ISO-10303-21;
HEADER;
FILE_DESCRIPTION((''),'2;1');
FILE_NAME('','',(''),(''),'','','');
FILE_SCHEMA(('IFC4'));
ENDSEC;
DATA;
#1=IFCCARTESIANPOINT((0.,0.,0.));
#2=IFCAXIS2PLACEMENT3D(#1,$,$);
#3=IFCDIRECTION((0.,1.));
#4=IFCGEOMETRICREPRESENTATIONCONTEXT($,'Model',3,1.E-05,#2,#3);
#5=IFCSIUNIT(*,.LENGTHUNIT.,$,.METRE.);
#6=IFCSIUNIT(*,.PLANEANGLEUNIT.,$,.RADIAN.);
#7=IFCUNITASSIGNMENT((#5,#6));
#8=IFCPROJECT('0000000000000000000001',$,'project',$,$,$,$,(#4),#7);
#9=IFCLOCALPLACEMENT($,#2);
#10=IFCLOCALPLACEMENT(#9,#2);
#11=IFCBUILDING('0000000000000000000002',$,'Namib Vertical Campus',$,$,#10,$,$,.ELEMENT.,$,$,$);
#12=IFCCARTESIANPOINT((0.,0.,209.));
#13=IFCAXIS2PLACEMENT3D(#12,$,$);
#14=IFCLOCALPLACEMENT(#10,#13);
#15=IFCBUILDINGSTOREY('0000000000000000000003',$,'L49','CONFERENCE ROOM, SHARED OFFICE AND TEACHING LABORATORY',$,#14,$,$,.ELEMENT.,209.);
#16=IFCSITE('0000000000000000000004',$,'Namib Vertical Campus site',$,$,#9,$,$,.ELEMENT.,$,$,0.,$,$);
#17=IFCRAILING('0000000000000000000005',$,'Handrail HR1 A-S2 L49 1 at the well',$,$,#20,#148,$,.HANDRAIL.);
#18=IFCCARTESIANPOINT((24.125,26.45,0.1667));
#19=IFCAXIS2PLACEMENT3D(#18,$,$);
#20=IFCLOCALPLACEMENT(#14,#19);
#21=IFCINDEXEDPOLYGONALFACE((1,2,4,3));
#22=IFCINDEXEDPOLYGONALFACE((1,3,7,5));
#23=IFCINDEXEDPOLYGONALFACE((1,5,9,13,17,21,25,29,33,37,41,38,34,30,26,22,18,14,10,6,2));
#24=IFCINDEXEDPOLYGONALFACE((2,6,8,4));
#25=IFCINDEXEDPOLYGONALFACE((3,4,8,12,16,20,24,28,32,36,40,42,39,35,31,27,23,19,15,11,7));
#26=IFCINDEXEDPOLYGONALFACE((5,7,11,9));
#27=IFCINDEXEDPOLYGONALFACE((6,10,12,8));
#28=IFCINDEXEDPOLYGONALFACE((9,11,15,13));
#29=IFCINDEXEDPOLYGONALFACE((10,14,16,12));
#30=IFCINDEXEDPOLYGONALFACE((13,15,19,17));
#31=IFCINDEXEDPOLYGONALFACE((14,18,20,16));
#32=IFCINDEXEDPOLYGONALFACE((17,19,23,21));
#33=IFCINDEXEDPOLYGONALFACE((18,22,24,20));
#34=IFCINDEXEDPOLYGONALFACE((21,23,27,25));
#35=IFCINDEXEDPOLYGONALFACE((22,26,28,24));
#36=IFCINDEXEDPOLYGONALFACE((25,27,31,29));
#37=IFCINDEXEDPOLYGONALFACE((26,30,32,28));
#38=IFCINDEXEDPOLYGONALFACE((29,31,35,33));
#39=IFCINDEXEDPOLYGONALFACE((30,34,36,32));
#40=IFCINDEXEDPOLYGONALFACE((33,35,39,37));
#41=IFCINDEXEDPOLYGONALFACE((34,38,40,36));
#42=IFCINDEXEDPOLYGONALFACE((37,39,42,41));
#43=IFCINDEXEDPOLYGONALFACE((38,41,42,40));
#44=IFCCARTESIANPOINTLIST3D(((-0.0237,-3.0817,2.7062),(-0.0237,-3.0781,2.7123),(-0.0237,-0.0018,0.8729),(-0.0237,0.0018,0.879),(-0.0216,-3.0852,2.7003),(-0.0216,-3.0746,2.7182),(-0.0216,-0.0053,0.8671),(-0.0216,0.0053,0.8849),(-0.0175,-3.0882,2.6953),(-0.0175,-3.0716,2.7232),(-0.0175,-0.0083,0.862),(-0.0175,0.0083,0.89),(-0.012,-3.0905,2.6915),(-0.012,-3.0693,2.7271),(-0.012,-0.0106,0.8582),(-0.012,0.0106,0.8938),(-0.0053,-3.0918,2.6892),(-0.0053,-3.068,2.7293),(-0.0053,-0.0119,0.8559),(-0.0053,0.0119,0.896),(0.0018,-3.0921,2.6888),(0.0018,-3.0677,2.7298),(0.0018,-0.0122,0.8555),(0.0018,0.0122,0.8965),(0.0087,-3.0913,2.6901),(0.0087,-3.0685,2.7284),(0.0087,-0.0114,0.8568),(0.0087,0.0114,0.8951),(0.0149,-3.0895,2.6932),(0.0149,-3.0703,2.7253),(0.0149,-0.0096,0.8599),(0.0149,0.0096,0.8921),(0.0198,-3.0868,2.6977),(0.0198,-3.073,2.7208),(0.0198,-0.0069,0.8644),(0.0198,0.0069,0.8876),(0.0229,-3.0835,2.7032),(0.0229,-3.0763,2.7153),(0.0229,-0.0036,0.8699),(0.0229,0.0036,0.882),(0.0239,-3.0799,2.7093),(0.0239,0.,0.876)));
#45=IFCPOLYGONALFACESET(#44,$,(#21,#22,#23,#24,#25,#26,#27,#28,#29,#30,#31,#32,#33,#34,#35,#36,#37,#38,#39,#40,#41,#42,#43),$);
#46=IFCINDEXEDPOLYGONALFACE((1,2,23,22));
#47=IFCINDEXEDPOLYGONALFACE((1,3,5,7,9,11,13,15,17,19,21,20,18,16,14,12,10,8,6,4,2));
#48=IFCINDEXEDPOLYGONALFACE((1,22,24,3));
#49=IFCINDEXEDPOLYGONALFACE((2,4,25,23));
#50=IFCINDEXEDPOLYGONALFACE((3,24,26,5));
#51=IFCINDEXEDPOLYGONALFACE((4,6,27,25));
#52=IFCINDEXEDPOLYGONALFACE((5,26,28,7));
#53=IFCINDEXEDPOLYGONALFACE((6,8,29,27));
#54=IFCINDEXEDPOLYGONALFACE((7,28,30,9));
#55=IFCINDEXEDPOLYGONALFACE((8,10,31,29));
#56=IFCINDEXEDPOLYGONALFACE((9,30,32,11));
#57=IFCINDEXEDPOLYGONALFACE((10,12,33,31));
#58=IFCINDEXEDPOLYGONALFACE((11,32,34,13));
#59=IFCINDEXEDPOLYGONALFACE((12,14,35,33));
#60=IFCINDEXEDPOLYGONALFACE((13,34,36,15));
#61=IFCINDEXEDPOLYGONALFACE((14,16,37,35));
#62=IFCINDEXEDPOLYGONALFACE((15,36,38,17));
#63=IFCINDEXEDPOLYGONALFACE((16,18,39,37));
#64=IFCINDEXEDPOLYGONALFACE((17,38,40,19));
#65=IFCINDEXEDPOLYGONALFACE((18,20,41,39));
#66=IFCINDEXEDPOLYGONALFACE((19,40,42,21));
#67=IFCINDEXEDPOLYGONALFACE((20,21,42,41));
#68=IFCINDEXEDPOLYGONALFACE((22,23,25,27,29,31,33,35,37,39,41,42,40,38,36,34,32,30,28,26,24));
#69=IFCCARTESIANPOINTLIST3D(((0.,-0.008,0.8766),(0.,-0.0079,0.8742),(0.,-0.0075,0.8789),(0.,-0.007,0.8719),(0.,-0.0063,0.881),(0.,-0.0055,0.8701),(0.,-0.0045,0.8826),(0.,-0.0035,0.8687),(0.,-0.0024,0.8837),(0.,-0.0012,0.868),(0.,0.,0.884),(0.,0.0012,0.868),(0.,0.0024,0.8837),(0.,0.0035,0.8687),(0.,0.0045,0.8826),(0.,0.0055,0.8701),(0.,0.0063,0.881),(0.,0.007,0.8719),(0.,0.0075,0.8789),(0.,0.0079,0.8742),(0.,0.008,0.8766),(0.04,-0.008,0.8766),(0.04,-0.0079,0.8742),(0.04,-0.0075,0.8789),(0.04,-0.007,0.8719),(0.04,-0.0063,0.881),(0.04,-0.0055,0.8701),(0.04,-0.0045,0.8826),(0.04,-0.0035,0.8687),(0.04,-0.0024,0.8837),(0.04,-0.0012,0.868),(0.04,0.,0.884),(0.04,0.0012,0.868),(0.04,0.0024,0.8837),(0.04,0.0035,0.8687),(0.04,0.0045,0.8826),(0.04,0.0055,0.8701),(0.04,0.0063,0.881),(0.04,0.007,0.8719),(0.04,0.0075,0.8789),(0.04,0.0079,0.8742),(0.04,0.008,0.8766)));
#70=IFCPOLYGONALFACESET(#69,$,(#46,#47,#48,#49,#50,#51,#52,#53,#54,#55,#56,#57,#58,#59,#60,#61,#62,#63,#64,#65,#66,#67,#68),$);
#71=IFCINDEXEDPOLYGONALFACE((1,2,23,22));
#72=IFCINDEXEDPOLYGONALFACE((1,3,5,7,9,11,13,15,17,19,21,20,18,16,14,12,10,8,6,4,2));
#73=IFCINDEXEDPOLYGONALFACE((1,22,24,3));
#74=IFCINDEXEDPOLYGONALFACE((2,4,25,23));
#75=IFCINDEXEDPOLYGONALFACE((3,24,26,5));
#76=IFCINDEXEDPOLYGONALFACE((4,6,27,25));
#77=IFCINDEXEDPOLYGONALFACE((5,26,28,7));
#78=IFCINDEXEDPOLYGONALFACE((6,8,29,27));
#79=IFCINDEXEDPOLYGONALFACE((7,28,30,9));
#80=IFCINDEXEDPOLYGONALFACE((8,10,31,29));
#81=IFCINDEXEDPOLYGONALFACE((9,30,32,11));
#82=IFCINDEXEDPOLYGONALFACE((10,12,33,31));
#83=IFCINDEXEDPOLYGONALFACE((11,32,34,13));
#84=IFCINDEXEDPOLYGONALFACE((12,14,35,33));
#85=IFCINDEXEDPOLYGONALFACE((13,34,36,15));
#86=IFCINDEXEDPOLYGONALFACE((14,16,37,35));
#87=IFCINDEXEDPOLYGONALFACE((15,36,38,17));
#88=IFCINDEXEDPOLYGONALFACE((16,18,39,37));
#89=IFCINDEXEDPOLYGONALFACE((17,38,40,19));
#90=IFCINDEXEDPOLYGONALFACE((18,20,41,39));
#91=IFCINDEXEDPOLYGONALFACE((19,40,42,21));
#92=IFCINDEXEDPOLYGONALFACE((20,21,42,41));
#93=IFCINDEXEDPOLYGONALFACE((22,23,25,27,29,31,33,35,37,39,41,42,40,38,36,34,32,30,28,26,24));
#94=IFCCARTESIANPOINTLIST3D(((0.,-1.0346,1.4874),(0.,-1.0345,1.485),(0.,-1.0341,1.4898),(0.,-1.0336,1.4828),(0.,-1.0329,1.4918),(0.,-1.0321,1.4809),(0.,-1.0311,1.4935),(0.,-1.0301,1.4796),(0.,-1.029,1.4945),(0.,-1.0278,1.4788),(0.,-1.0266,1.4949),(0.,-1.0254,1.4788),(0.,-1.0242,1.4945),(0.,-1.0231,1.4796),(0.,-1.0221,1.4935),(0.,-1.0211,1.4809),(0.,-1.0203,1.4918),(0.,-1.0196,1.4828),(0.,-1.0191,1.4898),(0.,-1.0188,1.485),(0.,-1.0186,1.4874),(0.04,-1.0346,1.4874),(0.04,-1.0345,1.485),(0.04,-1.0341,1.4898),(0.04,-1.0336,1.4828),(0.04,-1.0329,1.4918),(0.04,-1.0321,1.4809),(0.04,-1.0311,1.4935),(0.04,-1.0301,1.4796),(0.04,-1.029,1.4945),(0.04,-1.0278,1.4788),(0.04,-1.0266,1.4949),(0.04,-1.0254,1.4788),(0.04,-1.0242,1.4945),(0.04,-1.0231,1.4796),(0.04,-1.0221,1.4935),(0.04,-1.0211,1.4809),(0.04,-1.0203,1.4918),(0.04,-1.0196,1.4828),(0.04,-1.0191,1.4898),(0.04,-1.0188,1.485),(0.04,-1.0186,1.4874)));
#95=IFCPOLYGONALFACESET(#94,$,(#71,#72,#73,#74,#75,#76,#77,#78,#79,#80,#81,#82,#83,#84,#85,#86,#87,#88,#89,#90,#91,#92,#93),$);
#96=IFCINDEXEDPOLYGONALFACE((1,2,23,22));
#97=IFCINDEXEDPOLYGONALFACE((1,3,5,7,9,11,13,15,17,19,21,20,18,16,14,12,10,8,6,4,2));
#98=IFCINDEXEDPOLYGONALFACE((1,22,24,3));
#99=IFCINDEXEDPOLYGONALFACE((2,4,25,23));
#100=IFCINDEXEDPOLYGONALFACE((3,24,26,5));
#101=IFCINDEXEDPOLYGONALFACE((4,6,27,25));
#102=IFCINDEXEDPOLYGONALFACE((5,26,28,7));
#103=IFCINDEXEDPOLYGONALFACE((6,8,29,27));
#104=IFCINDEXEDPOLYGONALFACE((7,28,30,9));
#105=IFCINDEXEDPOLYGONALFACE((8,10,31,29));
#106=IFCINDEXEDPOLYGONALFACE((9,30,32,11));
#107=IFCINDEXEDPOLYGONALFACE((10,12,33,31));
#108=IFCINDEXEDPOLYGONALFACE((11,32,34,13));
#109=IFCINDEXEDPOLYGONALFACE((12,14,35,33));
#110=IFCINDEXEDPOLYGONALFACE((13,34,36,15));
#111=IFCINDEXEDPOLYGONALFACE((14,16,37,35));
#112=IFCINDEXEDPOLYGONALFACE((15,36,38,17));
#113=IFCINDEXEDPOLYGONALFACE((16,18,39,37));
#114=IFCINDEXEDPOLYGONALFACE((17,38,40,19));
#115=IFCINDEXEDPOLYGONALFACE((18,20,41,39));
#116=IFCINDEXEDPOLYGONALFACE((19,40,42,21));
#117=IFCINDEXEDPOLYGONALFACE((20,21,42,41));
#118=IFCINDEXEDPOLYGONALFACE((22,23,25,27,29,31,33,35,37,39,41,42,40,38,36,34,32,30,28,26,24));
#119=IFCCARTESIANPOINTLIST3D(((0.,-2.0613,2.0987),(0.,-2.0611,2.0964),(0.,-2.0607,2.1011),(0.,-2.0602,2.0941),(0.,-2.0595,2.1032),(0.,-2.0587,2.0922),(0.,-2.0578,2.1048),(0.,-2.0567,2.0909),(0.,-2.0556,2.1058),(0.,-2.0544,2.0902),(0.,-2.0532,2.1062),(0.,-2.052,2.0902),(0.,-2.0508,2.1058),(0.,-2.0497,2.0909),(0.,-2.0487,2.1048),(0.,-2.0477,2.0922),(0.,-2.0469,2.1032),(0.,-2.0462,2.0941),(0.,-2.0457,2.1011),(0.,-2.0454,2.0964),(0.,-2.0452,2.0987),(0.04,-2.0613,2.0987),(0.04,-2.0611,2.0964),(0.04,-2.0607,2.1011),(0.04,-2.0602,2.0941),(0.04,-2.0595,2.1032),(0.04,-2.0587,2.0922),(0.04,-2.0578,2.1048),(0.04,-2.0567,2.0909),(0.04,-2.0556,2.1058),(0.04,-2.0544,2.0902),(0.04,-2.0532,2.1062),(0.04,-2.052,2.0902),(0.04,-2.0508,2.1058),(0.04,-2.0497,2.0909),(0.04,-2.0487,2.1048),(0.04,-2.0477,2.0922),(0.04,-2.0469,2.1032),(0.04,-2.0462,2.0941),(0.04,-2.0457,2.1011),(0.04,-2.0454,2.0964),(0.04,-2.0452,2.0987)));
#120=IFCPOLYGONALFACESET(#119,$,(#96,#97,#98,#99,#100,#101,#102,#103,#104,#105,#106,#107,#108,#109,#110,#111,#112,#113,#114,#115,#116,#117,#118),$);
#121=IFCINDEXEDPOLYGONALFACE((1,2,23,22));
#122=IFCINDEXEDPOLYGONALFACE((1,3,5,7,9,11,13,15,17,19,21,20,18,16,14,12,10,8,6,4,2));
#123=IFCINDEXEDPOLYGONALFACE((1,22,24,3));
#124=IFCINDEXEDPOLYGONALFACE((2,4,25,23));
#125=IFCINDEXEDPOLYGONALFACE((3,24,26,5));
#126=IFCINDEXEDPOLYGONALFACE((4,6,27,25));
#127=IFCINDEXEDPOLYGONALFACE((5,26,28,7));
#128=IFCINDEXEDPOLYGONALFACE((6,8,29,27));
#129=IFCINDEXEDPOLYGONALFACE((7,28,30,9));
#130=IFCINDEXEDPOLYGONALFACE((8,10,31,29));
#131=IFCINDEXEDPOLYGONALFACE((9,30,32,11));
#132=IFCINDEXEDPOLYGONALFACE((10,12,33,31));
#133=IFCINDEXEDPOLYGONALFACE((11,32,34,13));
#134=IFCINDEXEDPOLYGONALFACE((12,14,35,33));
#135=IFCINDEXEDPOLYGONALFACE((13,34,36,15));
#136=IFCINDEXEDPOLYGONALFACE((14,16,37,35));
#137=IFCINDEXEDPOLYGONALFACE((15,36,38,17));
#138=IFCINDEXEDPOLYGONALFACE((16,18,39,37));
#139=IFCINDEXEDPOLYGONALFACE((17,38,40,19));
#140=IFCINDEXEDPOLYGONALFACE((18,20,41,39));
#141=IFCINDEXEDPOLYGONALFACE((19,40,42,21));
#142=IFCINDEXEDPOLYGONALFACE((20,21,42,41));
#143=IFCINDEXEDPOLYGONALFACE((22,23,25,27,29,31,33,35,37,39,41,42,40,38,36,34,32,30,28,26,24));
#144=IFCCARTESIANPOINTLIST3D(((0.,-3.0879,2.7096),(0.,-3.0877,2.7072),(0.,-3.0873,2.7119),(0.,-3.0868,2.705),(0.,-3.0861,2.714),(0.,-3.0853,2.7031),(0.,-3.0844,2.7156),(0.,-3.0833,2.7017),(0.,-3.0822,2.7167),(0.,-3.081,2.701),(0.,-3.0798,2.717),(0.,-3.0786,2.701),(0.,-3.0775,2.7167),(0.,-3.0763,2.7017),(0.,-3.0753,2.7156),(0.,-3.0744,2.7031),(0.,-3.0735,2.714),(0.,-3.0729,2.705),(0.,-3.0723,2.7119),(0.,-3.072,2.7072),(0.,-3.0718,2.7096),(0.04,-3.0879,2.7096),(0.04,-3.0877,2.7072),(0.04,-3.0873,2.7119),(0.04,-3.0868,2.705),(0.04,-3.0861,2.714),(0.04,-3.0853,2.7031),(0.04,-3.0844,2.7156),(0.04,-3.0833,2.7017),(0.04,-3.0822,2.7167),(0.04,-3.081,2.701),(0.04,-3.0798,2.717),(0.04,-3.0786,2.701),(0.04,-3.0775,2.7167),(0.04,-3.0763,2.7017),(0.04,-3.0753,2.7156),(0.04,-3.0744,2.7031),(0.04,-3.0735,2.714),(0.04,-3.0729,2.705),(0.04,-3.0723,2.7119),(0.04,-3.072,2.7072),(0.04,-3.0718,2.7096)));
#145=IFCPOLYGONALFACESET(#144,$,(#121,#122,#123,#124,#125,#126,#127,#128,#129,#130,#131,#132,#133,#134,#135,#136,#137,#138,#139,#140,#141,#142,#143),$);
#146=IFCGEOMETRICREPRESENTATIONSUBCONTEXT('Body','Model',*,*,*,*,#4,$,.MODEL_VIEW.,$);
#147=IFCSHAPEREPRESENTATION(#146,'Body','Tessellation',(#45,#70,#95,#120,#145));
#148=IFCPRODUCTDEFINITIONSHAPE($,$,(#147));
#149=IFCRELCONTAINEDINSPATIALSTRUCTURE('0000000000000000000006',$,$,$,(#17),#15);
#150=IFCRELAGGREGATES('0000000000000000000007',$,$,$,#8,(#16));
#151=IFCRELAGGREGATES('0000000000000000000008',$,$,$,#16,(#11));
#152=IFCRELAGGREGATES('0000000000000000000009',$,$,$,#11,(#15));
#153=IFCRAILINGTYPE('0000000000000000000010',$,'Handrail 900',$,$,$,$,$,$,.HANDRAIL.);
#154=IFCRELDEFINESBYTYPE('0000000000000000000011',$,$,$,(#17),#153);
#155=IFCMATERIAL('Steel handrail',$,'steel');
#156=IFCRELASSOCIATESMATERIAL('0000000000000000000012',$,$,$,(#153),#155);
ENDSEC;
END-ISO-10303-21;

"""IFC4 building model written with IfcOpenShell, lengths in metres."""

from ifc_helpers import new_model, si_unit, direction, frame, origin, origin_2d, place, context, subcontext, project, spatial, circle, extrude, material, type_object, element, save


model = new_model("IFC4")

# Units and contexts
model_context = context("Model", 3, precision=1e-05, world=origin(), true_north=direction((0.0, 1.0)))
body_context = subcontext(model_context, "Body", "Model", "MODEL_VIEW")
ifc_project = project(units=[si_unit("LENGTHUNIT", "METRE"), si_unit("PLANEANGLEUNIT", "RADIAN")], contexts=[model_context])

# Site, building, storey
site_placement = place(None, origin())
site = spatial("IfcSite", under=ifc_project, at=site_placement, Name="Namib Vertical Campus site", CompositionType="ELEMENT", RefElevation=0.0)
building_placement = place(site_placement, origin())
building = spatial("IfcBuilding", under=site, at=building_placement, Name="Namib Vertical Campus", CompositionType="ELEMENT")
storey_placement = place(building_placement, frame((0.0, 0.0, 209.0)))
storey = spatial("IfcBuildingStorey", under=building, at=storey_placement, Name="L49", Description="CONFERENCE ROOM, SHARED OFFICE AND TEACHING LABORATORY", CompositionType="ELEMENT", Elevation=209.0)

# Railing
ifc_material_1 = material(Name="Steel handrail", Category="steel")
railing_type_1 = type_object("IfcRailingType", Name="Handrail 900", PredefinedType="HANDRAIL", material=ifc_material_1)
railing_1_placement = place(storey_placement, frame((24.125, 26.45, 0.1667)))
element("IfcRailing", 1, at=railing_1_placement, inside=storey, type_object=railing_type_1, Name="Handrail HR1 A-S2 L49 1 at the well", PredefinedType="HANDRAIL", context=body_context, shape_type="SweptSolid", body=[
    extrude(circle(Radius=0.0239, at=origin_2d()), frame((0.0, 0.0, 0.876), z_axis=(0.0, -0.859291, 0.511487), x_axis=(1.0, 0.0, 0.0)), (0.0, 0.0, 1.0), 3.5842),
    extrude(circle(Radius=0.0081, at=origin_2d()), frame((0.0, 0.0, 0.876), z_axis=(1.0, 0.0, 0.0), x_axis=(0.0, 0.0, 1.0)), (0.0, 0.0, 1.0), 0.04),
    extrude(circle(Radius=0.0081, at=origin_2d()), frame((0.0, -1.0266, 1.4868), z_axis=(1.0, 0.0, 0.0), x_axis=(0.0, 0.0, 1.0)), (0.0, 0.0, 1.0), 0.04),
    extrude(circle(Radius=0.0081, at=origin_2d()), frame((0.0, -2.0532, 2.0981), z_axis=(1.0, 0.0, 0.0), x_axis=(0.0, 0.0, 1.0)), (0.0, 0.0, 1.0), 0.04),
    extrude(circle(Radius=0.0081, at=origin_2d()), frame((0.0, -3.0798, 2.709), z_axis=(1.0, 0.0, 0.0), x_axis=(0.0, 0.0, 1.0)), (0.0, 0.0, 1.0), 0.04),
])

save(model, "model.ifc")
